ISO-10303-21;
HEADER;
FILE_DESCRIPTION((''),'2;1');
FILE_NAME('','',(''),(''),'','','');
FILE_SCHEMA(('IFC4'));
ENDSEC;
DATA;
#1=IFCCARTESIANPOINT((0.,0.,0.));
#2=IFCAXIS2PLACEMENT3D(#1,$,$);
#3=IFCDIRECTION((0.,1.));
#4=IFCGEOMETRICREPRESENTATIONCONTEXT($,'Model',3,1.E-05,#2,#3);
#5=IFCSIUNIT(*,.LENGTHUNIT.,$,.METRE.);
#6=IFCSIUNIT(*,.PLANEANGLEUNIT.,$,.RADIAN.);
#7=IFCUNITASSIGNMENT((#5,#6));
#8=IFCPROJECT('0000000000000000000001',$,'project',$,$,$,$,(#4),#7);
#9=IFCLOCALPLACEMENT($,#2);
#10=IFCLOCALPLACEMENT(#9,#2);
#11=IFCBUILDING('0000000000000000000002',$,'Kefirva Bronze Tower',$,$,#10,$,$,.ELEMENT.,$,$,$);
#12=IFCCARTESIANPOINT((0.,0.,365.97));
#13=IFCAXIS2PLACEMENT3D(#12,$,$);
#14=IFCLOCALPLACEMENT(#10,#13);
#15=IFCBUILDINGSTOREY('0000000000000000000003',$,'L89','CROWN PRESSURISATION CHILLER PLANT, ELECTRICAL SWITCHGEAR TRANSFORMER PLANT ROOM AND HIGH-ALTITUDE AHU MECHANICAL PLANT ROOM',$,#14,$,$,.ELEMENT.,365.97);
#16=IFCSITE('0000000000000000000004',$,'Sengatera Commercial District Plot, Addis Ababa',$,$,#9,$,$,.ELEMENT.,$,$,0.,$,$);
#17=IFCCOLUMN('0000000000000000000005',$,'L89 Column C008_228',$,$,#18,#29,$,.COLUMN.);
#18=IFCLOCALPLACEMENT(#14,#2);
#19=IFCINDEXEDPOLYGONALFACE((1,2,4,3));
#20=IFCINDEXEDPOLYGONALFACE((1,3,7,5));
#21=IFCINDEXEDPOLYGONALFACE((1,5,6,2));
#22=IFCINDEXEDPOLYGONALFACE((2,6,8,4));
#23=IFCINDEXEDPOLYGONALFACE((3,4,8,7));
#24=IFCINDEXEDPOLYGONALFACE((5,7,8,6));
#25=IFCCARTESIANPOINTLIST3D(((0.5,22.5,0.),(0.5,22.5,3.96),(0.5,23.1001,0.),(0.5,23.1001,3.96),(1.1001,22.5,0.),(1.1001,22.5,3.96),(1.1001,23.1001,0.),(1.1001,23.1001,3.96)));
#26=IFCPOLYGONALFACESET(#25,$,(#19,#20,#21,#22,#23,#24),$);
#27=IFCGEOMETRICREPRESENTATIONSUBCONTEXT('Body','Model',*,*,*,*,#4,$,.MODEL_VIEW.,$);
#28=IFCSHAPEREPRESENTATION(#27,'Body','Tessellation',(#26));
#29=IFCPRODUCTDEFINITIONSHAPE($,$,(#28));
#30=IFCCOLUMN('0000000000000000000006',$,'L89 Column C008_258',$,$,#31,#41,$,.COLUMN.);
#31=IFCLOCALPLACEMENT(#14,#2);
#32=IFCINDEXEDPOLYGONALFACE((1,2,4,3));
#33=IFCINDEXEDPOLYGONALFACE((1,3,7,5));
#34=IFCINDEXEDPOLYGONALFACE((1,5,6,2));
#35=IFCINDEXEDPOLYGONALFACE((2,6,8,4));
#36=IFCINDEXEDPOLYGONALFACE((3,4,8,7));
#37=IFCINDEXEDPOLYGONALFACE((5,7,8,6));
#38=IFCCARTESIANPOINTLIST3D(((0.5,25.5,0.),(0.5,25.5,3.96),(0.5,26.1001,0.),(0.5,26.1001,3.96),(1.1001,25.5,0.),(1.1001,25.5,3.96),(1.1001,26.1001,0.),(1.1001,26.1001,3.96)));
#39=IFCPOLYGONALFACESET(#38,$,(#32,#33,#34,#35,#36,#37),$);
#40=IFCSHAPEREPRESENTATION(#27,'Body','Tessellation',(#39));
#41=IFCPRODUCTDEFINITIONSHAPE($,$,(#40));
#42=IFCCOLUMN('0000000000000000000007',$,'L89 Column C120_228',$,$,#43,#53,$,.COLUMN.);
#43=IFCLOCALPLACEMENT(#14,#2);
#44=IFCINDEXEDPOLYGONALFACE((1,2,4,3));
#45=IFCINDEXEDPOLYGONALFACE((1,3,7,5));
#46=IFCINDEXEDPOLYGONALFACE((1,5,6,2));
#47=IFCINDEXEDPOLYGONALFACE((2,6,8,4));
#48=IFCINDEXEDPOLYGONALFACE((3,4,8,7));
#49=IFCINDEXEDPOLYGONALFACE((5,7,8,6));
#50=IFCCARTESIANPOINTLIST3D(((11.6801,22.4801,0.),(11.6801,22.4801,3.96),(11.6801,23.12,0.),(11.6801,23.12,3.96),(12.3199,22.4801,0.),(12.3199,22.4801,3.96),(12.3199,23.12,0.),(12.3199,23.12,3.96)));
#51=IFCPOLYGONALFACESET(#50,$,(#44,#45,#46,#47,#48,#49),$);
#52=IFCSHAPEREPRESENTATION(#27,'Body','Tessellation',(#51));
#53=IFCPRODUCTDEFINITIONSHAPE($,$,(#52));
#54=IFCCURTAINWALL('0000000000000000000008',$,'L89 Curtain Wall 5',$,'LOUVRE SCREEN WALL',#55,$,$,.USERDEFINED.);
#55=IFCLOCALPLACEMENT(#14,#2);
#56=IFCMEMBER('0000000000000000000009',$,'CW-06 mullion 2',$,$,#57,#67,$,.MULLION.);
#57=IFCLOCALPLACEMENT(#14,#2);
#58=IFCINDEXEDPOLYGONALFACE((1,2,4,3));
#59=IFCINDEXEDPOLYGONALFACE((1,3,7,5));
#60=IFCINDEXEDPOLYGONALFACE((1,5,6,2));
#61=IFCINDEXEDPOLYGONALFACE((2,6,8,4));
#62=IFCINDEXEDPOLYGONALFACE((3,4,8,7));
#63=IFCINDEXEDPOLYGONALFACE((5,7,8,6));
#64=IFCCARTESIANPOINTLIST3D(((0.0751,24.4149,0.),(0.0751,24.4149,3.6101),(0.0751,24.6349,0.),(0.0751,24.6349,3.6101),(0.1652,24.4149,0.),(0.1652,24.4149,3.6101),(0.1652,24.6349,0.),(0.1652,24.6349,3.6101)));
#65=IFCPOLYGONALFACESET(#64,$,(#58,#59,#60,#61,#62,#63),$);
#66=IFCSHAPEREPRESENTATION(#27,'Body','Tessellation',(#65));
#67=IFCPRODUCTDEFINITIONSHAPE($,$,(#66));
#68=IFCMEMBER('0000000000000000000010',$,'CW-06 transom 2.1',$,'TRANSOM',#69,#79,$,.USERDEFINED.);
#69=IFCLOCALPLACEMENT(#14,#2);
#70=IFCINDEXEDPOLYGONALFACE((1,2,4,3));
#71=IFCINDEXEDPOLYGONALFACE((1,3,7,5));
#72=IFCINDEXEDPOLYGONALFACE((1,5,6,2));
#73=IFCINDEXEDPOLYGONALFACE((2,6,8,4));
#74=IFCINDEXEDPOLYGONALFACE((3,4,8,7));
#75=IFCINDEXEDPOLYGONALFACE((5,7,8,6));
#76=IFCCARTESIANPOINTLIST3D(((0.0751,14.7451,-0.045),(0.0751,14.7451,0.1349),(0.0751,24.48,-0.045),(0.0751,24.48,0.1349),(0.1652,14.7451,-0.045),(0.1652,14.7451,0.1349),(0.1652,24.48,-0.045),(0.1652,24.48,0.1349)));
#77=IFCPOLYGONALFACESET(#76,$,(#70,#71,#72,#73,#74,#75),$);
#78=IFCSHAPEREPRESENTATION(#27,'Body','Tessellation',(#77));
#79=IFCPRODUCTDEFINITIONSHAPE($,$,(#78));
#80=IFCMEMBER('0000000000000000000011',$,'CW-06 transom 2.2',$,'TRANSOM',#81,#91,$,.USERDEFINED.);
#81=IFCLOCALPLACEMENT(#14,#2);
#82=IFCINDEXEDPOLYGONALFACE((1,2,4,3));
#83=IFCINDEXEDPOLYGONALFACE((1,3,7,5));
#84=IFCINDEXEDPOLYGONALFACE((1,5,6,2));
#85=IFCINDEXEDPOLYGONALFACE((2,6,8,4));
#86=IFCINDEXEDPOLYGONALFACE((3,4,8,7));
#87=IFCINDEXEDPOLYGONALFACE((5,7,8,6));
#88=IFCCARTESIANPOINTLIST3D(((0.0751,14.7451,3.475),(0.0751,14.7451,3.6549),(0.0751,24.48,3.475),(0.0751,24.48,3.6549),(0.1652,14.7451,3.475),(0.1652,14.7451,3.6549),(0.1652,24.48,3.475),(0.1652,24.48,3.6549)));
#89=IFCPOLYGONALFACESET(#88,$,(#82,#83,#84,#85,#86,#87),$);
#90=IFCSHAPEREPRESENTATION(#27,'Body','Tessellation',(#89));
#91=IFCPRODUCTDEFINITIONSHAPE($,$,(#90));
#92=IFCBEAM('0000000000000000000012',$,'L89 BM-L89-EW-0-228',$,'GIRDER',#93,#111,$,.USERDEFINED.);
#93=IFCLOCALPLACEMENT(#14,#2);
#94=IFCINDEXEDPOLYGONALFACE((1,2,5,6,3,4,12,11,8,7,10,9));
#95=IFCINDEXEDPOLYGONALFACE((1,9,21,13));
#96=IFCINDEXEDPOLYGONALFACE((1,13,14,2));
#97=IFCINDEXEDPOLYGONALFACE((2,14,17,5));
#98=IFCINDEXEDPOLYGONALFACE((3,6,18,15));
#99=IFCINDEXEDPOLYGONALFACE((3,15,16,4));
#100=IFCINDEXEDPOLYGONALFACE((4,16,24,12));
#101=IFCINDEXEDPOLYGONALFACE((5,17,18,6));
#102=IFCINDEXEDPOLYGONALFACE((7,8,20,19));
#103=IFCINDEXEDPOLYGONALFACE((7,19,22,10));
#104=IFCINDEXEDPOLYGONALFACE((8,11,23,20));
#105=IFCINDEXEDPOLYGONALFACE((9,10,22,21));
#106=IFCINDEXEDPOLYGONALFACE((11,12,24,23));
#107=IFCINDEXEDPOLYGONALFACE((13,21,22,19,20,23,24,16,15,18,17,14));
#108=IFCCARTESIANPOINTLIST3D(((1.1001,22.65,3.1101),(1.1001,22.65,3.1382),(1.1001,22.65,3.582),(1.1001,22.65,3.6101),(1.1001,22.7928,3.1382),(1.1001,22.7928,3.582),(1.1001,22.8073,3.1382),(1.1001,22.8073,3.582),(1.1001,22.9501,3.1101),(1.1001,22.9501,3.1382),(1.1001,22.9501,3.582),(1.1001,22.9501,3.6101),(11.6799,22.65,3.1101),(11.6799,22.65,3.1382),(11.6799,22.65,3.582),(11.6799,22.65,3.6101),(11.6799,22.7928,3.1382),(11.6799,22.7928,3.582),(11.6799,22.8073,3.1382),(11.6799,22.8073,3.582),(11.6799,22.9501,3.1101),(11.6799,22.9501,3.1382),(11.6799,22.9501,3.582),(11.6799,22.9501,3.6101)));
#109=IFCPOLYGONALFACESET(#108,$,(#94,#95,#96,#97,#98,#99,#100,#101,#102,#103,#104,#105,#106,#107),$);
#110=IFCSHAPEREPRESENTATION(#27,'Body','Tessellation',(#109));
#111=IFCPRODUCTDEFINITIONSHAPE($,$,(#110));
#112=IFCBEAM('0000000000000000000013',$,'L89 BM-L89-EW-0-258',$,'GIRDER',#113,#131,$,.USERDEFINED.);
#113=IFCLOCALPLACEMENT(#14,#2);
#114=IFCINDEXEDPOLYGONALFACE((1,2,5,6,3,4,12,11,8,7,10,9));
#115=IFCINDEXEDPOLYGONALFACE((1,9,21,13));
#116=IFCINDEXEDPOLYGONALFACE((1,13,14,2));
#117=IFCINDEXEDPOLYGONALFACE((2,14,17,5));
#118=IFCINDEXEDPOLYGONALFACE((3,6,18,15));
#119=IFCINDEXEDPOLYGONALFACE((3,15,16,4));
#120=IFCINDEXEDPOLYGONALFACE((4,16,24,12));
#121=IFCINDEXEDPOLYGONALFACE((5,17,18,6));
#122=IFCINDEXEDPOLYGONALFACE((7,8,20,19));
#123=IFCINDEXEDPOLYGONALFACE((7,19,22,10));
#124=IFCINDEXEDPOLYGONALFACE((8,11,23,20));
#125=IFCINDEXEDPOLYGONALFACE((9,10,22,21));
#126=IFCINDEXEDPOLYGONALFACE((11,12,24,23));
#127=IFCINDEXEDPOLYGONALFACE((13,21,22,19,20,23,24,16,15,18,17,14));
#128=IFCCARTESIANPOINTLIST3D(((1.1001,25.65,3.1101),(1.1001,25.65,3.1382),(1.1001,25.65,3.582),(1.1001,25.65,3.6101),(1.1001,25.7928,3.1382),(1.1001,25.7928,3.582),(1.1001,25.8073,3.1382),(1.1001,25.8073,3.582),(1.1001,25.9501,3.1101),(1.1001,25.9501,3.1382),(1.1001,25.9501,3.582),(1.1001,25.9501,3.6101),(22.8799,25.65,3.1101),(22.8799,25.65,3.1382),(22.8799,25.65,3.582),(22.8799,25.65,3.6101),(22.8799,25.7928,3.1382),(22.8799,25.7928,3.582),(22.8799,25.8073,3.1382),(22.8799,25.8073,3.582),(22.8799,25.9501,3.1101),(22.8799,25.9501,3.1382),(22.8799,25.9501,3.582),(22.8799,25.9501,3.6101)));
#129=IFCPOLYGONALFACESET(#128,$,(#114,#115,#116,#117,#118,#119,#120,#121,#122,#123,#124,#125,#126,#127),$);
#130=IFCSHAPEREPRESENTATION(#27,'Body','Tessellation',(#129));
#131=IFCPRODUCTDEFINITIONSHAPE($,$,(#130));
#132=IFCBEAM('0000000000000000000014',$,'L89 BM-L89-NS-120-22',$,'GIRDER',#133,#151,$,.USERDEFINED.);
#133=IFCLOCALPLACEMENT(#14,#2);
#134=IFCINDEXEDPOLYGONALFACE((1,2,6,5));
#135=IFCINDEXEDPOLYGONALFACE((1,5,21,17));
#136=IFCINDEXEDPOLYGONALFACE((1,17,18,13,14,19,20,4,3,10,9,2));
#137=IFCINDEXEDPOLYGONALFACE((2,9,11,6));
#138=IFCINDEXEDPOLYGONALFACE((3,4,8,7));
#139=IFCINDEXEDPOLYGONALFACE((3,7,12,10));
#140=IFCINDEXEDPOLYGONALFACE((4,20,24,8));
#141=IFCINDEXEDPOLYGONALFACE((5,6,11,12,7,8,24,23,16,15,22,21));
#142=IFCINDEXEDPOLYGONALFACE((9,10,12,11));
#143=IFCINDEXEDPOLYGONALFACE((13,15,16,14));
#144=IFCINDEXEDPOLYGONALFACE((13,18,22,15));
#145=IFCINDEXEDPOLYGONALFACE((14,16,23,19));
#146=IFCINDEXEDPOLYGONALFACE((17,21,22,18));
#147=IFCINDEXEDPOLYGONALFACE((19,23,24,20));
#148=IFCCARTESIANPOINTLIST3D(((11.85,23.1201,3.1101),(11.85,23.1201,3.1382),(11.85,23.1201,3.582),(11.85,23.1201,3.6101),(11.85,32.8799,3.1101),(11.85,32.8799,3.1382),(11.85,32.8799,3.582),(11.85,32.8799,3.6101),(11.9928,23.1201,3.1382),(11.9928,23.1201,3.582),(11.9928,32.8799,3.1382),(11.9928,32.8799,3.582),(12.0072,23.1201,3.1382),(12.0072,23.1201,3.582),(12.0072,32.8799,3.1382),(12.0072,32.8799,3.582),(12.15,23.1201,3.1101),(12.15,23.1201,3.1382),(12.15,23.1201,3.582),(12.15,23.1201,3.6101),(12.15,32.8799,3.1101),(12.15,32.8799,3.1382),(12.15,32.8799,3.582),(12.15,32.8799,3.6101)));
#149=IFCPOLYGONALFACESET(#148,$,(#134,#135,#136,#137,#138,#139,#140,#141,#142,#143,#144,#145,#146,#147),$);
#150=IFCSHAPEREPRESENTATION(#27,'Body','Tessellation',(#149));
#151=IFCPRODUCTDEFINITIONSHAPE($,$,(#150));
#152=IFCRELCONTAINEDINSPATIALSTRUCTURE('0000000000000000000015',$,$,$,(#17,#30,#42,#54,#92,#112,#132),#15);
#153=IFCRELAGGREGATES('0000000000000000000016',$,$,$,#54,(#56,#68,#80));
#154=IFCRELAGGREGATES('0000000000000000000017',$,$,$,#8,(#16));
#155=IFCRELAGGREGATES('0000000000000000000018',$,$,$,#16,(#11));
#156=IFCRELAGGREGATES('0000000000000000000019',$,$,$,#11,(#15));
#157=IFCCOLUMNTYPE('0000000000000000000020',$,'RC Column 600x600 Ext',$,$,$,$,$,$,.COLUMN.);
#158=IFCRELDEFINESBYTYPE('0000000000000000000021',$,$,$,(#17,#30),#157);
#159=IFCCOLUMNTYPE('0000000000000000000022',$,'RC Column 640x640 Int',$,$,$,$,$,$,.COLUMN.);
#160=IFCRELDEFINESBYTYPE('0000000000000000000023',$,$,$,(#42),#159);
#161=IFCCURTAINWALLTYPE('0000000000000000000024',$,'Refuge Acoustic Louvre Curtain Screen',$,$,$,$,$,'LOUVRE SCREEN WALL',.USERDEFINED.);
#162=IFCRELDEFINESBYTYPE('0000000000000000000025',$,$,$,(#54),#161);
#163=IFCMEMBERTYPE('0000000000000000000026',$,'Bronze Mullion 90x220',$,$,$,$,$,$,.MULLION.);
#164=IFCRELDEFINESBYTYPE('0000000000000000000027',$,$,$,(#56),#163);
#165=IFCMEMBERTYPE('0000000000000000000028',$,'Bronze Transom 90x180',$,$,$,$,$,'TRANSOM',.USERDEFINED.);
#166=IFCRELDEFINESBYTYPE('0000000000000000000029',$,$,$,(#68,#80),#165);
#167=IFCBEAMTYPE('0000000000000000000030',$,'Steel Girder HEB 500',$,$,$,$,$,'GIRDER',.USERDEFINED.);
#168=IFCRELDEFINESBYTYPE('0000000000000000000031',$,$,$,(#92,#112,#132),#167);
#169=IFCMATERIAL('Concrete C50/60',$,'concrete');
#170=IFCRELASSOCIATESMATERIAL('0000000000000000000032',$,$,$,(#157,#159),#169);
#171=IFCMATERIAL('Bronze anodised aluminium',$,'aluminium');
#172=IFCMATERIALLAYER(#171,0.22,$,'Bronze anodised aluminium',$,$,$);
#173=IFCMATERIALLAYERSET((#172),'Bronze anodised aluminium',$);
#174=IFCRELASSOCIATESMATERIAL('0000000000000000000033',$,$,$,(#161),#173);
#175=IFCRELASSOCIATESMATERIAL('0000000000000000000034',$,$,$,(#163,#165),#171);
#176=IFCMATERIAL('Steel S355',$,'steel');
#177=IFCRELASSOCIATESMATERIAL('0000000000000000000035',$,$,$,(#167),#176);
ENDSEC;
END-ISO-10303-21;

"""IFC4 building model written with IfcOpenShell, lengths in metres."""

from ifc_helpers import new_model, si_unit, direction, frame, origin, origin_2d, place, context, subcontext, project, spatial, rectangle, i_section, extrude, material, layer, layer_set, material_profile, profile_set, type_object, element, aggregate, save


model = new_model("IFC4")

# Units and contexts
model_context = context("Model", 3, precision=1e-05, world=origin(), true_north=direction((0.0, 1.0)))
body_context = subcontext(model_context, "Body", "Model", "MODEL_VIEW")
ifc_project = project(units=[si_unit("LENGTHUNIT", "METRE"), si_unit("PLANEANGLEUNIT", "RADIAN")], contexts=[model_context])

# Site, building, storey
site_placement = place(None, origin())
site = spatial("IfcSite", under=ifc_project, at=site_placement, Name="Sengatera Commercial District Plot, Addis Ababa", CompositionType="ELEMENT", RefElevation=0.0)
building_placement = place(site_placement, origin())
building = spatial("IfcBuilding", under=site, at=building_placement, Name="Kefirva Bronze Tower", CompositionType="ELEMENT")
storey_placement = place(building_placement, frame((0.0, 0.0, 365.97)))
storey = spatial("IfcBuildingStorey", under=building, at=storey_placement, Name="L89", Description="CROWN PRESSURISATION CHILLER PLANT, ELECTRICAL SWITCHGEAR TRANSFORMER PLANT ROOM AND HIGH-ALTITUDE AHU MECHANICAL PLANT ROOM", CompositionType="ELEMENT", Elevation=365.97)

# Columns
ifc_material_1 = material(Name="Concrete C50/60", Category="concrete")
ifc_material_profile_1 = material_profile(ifc_material_1, rectangle(XDim=0.6001, YDim=0.6001, at=origin_2d()), Name="RC 600x600")
ifc_profile_set_1 = profile_set([ifc_material_profile_1], Name="Concrete C50/60")
column_type_1 = type_object("IfcColumnType", Name="RC Column 600x600 Ext", PredefinedType="COLUMN", material=ifc_profile_set_1)
for number, where, z_axis, x_axis, name in (
    (1, (0.8, 22.8, 0.0), (0.0, 0.0, 1.0), (1.0, 0.0, 0.0), "L89 Column C008_228"),
    (2, (0.8, 25.8, 0.0), (0.0, 0.0, 1.0), (1.0, 0.0, 0.0), "L89 Column C008_258"),
):
    element("IfcColumn", number, at=place(storey_placement, frame(where, z_axis=z_axis, x_axis=x_axis)), inside=storey, type_object=column_type_1, Name=name, PredefinedType="COLUMN", context=body_context, shape_type="SweptSolid", body=[
        extrude(rectangle(XDim=0.6001, YDim=0.6001, at=origin_2d()), origin(), (0.0, 0.0, 1.0), 3.96),
    ])
ifc_material_profile_2 = material_profile(ifc_material_1, rectangle(XDim=0.6399, YDim=0.6399, at=origin_2d()), Name="RC 640x640")
ifc_profile_set_2 = profile_set([ifc_material_profile_2], Name="Concrete C50/60")
column_type_2 = type_object("IfcColumnType", Name="RC Column 640x640 Int", PredefinedType="COLUMN", material=ifc_profile_set_2)
column_placement = place(storey_placement, frame((12.0, 22.8, 0.0), z_axis=(0.0, 0.0, 1.0), x_axis=(1.0, 0.0, 0.0)))
element("IfcColumn", 3, at=column_placement, inside=storey, type_object=column_type_2, Name="L89 Column C120_228", PredefinedType="COLUMN", context=body_context, shape_type="SweptSolid", body=[
    extrude(rectangle(XDim=0.6399, YDim=0.6399, at=origin_2d()), origin(), (0.0, 0.0, 1.0), 3.96),
])

# Curtain wall, members
ifc_material_2 = material(Name="Bronze anodised aluminium", Category="aluminium")
ifc_layer_1 = layer(ifc_material_2, 0.22, Name="Bronze anodised aluminium")
ifc_layer_set_1 = layer_set([ifc_layer_1], Name="Bronze anodised aluminium")
curtain_wall_type = type_object("IfcCurtainWallType", Name="Refuge Acoustic Louvre Curtain Screen", ElementType="LOUVRE SCREEN WALL", PredefinedType="USERDEFINED", material=ifc_layer_set_1)
curtain_wall_placement = place(storey_placement, origin())
curtain_wall = element("IfcCurtainWall", 4, at=curtain_wall_placement, inside=storey, type_object=curtain_wall_type, Name="L89 Curtain Wall 5", ObjectType="LOUVRE SCREEN WALL", PredefinedType="USERDEFINED")
ifc_material_profile_3 = material_profile(ifc_material_2, rectangle(XDim=0.0901, YDim=0.22, at=origin_2d()), Name="ALU 90x220")
ifc_profile_set_3 = profile_set([ifc_material_profile_3], Name="Bronze anodised aluminium")
member_type_1 = type_object("IfcMemberType", Name="Bronze Mullion 90x220", PredefinedType="MULLION", material=ifc_profile_set_3)
member_1_placement = place(storey_placement, frame((0.1201, 24.5249, 0.0), z_axis=(0.0, 0.0, 1.0), x_axis=(1.0, 0.0, 0.0)))
member_1 = element("IfcMember", 5, at=member_1_placement, type_object=member_type_1, Name="CW-06 mullion 2", PredefinedType="MULLION", context=body_context, shape_type="SweptSolid", body=[
    extrude(rectangle(XDim=0.0901, YDim=0.22, at=origin_2d()), origin(), (0.0, 0.0, 1.0), 3.6101),
])
ifc_material_profile_4 = material_profile(ifc_material_2, rectangle(XDim=0.0901, YDim=0.1799, at=origin_2d()), Name="ALU 90x180")
ifc_profile_set_4 = profile_set([ifc_material_profile_4], Name="Bronze anodised aluminium")
member_type_2 = type_object("IfcMemberType", Name="Bronze Transom 90x180", ElementType="TRANSOM", PredefinedType="USERDEFINED", material=ifc_profile_set_4)
member_2_placement = place(storey_placement, frame((0.1201, 24.48, 0.0449), z_axis=(0.0, -1.0, 0.0), x_axis=(1.0, 0.0, 0.0)))
member_2 = element("IfcMember", 6, at=member_2_placement, type_object=member_type_2, Name="CW-06 transom 2.1", ObjectType="TRANSOM", PredefinedType="USERDEFINED", context=body_context, shape_type="SweptSolid", body=[
    extrude(rectangle(XDim=0.0901, YDim=0.1799, at=origin_2d()), origin(), (0.0, 0.0, 1.0), 9.7349),
])
member_3_placement = place(storey_placement, frame((0.1201, 24.48, 3.5649), z_axis=(0.0, -1.0, 0.0), x_axis=(1.0, 0.0, 0.0)))
member_3 = element("IfcMember", 7, at=member_3_placement, type_object=member_type_2, Name="CW-06 transom 2.2", ObjectType="TRANSOM", PredefinedType="USERDEFINED", context=body_context, shape_type="SweptSolid", body=[
    extrude(rectangle(XDim=0.0901, YDim=0.1799, at=origin_2d()), origin(), (0.0, 0.0, 1.0), 9.7349),
])

# Beams
ifc_material_3 = material(Name="Steel S355", Category="steel")
ifc_material_profile_5 = material_profile(ifc_material_3, i_section(OverallWidth=0.3, OverallDepth=0.5, WebThickness=0.0144, FlangeThickness=0.0281, at=origin_2d()), Name="HEB 500")
ifc_profile_set_5 = profile_set([ifc_material_profile_5], Name="Steel S355")
beam_type_1 = type_object("IfcBeamType", Name="Steel Girder HEB 500", ElementType="GIRDER", PredefinedType="USERDEFINED", material=ifc_profile_set_5)
beam_1_placement = place(storey_placement, frame((1.1001, 22.8, 3.3601), z_axis=(1.0, 0.0, 0.0), x_axis=(0.0, 1.0, 0.0)))
element("IfcBeam", 8, at=beam_1_placement, inside=storey, type_object=beam_type_1, Name="L89 BM-L89-EW-0-228", ObjectType="GIRDER", PredefinedType="USERDEFINED", context=body_context, shape_type="SweptSolid", body=[
    extrude(i_section(OverallWidth=0.3, OverallDepth=0.5, WebThickness=0.0144, FlangeThickness=0.0281, at=origin_2d()), origin(), (0.0, 0.0, 1.0), 10.5798),
])
beam_2_placement = place(storey_placement, frame((1.1001, 25.8, 3.3601), z_axis=(1.0, 0.0, 0.0), x_axis=(0.0, 1.0, 0.0)))
element("IfcBeam", 9, at=beam_2_placement, inside=storey, type_object=beam_type_1, Name="L89 BM-L89-EW-0-258", ObjectType="GIRDER", PredefinedType="USERDEFINED", context=body_context, shape_type="SweptSolid", body=[
    extrude(i_section(OverallWidth=0.3, OverallDepth=0.5, WebThickness=0.0144, FlangeThickness=0.0281, at=origin_2d()), origin(), (0.0, 0.0, 1.0), 21.7798),
])
beam_3_placement = place(storey_placement, frame((12.0, 23.1201, 3.3601), z_axis=(0.0, 1.0, 0.0), x_axis=(-1.0, 0.0, 0.0)))
element("IfcBeam", 10, at=beam_3_placement, inside=storey, type_object=beam_type_1, Name="L89 BM-L89-NS-120-22", ObjectType="GIRDER", PredefinedType="USERDEFINED", context=body_context, shape_type="SweptSolid", body=[
    extrude(i_section(OverallWidth=0.3, OverallDepth=0.5, WebThickness=0.0144, FlangeThickness=0.0281, at=origin_2d()), origin(), (0.0, 0.0, 1.0), 9.7598),
])

aggregate(curtain_wall, [member_1, member_2, member_3])

save(model, "model.ifc")
